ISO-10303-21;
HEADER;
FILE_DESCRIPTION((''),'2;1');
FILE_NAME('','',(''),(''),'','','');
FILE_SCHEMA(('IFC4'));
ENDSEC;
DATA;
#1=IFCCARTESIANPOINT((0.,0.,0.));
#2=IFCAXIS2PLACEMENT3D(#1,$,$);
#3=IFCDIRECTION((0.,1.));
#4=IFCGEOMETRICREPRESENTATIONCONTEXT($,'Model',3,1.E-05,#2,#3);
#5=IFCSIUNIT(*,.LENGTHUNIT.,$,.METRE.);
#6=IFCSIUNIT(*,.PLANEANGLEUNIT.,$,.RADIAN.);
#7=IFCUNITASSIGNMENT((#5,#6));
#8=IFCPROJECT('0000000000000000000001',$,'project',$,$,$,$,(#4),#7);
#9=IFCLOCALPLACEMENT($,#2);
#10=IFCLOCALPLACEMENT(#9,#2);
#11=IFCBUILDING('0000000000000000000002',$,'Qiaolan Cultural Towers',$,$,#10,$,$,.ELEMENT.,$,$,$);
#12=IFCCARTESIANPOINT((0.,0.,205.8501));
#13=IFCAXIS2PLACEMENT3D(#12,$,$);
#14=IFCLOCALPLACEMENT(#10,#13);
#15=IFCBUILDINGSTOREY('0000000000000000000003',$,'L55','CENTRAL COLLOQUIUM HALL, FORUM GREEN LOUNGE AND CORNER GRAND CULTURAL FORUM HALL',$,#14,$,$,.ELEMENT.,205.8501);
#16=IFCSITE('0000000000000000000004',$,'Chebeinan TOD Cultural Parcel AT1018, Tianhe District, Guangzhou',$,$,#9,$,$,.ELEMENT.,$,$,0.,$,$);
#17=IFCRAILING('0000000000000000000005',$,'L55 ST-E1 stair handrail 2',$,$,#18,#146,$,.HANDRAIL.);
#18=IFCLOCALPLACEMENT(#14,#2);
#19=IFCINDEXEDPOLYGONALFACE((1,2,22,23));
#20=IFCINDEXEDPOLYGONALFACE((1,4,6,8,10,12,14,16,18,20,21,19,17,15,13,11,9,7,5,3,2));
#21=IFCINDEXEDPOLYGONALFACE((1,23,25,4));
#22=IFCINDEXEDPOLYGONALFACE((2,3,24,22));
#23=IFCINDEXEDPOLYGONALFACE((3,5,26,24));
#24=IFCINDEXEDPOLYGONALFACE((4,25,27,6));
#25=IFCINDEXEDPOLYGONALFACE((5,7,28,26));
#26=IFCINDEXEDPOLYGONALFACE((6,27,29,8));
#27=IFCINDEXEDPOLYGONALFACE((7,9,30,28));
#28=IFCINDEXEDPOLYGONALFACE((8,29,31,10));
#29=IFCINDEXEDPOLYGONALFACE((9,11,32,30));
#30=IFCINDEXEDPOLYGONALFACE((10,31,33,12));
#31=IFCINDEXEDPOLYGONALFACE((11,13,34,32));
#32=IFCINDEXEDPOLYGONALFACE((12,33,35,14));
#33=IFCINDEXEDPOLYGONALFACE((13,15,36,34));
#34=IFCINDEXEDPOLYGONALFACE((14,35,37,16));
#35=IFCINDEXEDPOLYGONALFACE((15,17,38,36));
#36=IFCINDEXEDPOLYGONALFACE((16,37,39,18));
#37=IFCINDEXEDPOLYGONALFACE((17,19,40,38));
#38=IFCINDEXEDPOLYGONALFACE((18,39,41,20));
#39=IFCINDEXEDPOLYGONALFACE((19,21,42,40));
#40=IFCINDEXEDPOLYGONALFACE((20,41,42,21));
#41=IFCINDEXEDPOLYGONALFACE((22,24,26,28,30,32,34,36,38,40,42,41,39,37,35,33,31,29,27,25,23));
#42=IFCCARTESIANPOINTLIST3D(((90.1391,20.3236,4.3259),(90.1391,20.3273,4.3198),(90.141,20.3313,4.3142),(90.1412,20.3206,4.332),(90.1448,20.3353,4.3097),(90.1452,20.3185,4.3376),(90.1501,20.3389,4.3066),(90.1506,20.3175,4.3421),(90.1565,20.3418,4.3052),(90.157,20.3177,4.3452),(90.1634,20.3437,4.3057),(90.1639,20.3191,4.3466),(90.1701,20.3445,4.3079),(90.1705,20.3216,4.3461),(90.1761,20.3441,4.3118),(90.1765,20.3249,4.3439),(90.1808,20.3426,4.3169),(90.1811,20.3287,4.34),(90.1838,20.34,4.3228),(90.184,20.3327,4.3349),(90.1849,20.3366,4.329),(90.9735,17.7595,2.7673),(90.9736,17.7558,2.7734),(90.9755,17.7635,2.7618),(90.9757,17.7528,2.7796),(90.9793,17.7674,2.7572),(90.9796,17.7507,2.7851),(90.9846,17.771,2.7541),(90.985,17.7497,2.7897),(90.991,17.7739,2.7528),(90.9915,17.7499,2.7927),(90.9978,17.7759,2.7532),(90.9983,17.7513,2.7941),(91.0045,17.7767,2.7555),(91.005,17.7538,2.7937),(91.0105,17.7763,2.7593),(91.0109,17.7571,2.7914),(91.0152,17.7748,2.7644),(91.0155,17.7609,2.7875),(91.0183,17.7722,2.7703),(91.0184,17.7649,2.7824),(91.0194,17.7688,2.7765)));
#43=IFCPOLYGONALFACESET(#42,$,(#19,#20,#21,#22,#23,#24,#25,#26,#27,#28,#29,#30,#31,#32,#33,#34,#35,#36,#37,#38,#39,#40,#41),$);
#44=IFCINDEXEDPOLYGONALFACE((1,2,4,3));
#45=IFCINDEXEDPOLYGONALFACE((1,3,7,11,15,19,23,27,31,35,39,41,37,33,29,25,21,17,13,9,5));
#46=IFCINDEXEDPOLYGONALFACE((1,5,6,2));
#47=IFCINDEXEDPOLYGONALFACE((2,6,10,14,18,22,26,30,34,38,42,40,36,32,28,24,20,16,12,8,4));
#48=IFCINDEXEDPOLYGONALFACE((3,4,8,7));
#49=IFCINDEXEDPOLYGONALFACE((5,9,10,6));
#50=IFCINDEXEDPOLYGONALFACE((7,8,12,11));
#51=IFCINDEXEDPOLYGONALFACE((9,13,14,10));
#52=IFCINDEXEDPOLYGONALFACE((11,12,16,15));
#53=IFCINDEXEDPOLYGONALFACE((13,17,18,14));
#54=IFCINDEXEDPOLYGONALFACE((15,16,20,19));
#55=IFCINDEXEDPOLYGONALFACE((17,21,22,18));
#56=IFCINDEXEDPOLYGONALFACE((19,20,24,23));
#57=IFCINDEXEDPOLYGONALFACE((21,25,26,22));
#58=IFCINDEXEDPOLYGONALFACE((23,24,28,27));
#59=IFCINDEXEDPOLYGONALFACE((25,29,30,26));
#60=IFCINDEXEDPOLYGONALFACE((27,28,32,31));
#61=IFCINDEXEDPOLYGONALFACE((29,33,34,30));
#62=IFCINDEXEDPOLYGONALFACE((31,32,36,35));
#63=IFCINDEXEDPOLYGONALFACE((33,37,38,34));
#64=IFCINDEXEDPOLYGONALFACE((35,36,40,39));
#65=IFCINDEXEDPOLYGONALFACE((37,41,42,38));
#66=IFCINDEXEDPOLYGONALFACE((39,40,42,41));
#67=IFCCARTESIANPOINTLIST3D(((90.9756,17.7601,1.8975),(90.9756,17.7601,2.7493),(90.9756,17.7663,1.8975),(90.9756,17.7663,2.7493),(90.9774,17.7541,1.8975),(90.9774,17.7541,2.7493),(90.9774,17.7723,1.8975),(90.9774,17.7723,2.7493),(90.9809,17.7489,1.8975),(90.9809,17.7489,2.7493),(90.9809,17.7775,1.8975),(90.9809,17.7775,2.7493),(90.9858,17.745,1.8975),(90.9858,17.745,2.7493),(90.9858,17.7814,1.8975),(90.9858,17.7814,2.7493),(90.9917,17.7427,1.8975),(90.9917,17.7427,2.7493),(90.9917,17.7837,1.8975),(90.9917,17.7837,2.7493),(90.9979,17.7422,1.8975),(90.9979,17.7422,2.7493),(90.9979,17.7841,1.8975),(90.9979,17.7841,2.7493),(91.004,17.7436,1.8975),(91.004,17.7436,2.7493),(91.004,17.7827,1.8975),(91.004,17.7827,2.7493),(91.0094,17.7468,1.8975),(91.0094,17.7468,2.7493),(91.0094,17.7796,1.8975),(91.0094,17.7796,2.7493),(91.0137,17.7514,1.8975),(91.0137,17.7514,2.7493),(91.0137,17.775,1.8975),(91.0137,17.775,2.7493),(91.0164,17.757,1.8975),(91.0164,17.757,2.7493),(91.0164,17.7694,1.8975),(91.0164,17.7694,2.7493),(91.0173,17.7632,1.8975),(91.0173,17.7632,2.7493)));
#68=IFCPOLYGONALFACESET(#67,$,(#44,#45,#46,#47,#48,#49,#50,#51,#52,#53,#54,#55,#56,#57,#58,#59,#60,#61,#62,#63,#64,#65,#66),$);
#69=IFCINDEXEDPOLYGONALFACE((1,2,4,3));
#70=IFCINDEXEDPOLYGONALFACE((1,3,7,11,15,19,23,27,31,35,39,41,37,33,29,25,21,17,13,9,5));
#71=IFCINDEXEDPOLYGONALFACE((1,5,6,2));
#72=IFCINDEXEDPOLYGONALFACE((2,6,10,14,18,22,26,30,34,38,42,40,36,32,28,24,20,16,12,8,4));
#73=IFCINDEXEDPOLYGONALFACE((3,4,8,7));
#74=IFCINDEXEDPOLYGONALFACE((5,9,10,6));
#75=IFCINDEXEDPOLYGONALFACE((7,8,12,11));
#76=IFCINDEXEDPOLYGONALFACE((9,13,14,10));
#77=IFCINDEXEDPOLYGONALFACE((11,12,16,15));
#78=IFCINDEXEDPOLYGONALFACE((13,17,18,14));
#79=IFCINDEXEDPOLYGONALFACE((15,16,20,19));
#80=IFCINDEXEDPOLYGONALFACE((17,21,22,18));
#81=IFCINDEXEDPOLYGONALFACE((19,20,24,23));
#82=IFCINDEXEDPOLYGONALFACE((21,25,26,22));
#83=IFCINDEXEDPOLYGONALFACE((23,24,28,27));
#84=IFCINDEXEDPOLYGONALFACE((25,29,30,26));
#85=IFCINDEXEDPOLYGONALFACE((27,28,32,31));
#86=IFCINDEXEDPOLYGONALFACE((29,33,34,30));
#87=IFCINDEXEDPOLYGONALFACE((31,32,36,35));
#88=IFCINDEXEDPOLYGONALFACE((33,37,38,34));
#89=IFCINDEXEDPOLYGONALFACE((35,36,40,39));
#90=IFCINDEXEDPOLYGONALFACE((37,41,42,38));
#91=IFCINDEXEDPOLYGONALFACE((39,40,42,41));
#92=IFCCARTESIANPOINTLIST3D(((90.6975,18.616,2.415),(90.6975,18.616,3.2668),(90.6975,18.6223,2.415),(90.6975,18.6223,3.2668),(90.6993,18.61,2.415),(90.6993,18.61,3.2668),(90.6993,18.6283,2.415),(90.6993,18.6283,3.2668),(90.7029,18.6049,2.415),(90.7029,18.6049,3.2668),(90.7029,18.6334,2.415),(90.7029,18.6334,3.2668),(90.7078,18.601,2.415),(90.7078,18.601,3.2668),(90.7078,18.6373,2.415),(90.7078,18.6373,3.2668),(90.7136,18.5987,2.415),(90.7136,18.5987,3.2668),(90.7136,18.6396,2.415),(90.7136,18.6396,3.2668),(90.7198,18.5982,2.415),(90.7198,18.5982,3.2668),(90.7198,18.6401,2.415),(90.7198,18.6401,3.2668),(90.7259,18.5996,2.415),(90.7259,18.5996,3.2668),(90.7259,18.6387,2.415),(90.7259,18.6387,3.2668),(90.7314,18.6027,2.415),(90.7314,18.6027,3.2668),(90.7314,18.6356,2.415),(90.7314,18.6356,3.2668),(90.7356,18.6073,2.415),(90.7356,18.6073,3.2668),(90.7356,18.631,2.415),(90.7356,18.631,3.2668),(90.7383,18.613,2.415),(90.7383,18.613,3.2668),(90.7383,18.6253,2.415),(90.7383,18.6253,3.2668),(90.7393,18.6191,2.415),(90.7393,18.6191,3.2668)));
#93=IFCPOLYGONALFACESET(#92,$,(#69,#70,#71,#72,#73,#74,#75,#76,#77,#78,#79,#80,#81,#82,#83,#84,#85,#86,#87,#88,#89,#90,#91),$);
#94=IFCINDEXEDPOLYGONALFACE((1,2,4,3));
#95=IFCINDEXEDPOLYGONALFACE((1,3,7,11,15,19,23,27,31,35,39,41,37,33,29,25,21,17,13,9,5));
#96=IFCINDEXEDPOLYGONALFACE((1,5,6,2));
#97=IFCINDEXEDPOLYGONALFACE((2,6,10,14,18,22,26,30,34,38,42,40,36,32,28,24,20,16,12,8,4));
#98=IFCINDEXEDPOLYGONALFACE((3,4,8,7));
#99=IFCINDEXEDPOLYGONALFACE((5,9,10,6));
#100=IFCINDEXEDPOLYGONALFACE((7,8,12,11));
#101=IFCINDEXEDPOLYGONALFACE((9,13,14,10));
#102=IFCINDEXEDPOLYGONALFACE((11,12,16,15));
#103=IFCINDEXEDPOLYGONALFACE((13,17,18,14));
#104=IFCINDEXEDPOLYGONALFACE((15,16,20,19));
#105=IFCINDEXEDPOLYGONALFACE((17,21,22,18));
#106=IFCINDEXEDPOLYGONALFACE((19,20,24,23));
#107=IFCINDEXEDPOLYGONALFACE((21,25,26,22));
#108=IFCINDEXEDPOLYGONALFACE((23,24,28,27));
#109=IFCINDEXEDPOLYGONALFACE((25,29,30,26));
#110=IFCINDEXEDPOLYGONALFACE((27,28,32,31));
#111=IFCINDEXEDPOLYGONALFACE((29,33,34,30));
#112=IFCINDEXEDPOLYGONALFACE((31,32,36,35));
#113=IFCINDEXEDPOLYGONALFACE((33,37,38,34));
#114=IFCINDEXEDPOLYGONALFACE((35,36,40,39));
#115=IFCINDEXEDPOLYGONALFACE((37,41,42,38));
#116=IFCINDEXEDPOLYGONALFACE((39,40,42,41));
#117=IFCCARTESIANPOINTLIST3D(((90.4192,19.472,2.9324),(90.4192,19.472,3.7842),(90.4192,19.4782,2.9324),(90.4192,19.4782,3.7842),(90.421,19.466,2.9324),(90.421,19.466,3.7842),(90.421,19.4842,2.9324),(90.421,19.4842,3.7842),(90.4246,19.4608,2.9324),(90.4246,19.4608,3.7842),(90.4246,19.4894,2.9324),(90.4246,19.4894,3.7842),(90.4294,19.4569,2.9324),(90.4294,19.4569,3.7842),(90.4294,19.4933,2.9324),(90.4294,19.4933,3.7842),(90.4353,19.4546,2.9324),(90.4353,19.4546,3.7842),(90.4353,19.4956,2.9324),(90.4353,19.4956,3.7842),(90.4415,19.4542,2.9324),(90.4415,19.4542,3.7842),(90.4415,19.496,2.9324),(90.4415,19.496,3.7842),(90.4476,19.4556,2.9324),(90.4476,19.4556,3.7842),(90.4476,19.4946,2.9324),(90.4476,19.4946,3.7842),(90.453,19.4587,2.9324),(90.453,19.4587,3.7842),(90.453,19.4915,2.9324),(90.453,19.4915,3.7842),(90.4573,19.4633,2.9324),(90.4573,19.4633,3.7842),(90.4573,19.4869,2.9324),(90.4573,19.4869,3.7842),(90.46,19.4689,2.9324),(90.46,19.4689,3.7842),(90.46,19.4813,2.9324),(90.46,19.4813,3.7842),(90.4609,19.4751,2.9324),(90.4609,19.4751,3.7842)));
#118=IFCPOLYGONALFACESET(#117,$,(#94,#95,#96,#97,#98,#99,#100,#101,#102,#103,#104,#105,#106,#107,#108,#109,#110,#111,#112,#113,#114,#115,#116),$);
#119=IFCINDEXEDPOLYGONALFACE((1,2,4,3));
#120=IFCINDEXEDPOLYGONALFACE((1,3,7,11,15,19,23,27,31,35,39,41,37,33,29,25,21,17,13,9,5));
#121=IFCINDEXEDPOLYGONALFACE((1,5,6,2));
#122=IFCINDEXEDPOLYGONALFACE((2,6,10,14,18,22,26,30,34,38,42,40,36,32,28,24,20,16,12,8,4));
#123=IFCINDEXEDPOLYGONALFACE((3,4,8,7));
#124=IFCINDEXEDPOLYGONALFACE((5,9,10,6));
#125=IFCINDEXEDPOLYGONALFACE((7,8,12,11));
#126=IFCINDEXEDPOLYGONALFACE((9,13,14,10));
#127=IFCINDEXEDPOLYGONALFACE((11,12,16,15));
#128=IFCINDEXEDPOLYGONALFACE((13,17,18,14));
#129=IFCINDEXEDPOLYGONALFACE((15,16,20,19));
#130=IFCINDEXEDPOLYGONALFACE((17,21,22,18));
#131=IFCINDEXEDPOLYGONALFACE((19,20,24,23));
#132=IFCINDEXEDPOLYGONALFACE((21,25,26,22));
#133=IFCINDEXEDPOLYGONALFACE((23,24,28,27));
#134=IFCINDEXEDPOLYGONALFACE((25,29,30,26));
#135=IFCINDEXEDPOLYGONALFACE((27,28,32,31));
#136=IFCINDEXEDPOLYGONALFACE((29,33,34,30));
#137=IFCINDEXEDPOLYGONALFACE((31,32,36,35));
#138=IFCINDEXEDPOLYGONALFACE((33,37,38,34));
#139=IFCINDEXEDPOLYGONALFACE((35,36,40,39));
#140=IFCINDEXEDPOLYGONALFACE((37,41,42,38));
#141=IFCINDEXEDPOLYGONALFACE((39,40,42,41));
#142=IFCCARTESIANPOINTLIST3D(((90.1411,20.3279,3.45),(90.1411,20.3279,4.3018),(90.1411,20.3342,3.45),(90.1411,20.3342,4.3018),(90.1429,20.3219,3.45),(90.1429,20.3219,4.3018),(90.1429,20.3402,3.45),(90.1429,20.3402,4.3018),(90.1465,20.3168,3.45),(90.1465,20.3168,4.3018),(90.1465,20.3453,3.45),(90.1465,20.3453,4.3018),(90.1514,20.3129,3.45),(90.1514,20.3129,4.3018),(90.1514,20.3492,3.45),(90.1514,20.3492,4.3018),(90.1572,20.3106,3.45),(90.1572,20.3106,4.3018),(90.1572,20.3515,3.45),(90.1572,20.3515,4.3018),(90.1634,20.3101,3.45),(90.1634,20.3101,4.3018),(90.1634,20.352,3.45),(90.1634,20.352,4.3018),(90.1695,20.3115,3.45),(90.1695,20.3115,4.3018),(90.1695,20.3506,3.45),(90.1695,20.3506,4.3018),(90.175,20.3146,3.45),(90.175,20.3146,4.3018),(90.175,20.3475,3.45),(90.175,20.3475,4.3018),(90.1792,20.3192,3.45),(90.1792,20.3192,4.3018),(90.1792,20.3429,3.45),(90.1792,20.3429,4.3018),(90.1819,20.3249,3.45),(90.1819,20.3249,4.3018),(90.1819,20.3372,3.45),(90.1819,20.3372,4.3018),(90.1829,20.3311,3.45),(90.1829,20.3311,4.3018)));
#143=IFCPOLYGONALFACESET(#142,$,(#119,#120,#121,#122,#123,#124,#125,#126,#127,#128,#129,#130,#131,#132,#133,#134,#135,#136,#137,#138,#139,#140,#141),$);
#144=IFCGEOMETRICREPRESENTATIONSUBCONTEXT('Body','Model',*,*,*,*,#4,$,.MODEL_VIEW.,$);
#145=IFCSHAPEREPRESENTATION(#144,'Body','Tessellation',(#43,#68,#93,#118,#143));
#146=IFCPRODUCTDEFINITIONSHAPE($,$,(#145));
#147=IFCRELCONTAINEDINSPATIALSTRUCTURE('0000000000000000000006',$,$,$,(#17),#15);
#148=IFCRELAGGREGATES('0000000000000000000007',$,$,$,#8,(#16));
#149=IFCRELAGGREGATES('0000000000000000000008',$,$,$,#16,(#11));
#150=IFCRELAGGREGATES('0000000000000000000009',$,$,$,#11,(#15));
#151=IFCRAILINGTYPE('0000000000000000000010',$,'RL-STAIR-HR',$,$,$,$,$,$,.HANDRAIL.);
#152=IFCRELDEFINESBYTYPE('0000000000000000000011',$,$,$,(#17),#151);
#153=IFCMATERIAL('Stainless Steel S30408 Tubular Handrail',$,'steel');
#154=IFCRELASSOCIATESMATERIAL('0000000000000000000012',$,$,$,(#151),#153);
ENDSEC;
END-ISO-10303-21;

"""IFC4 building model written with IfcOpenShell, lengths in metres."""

from ifc_helpers import new_model, si_unit, direction, frame, origin, origin_2d, place, context, subcontext, project, spatial, circle, extrude, material, type_object, element, save


model = new_model("IFC4")

# Units and contexts
model_context = context("Model", 3, precision=1e-05, world=origin(), true_north=direction((0.0, 1.0)))
body_context = subcontext(model_context, "Body", "Model", "MODEL_VIEW")
ifc_project = project(units=[si_unit("LENGTHUNIT", "METRE"), si_unit("PLANEANGLEUNIT", "RADIAN")], contexts=[model_context])

# Site, building, storey
site_placement = place(None, origin())
site = spatial("IfcSite", under=ifc_project, at=site_placement, Name="Chebeinan TOD Cultural Parcel AT1018, Tianhe District, Guangzhou", CompositionType="ELEMENT", RefElevation=0.0)
building_placement = place(site_placement, origin())
building = spatial("IfcBuilding", under=site, at=building_placement, Name="Qiaolan Cultural Towers", CompositionType="ELEMENT")
storey_placement = place(building_placement, frame((0.0, 0.0, 205.8501)))
storey = spatial("IfcBuildingStorey", under=building, at=storey_placement, Name="L55", Description="CENTRAL COLLOQUIUM HALL, FORUM GREEN LOUNGE AND CORNER GRAND CULTURAL FORUM HALL", CompositionType="ELEMENT", Elevation=205.8501)

# Railing
ifc_material_1 = material(Name="Stainless Steel S30408 Tubular Handrail", Category="steel")
railing_type_1 = type_object("IfcRailingType", Name="RL-STAIR-HR", PredefinedType="HANDRAIL", material=ifc_material_1)
railing_1_placement = place(storey_placement, frame((90.9963, 17.7632, 1.8975)))
element("IfcRailing", 1, at=railing_1_placement, inside=storey, type_object=railing_type_1, Name="L55 ST-E1 stair handrail 2", PredefinedType="HANDRAIL", context=body_context, shape_type="SweptSolid", body=[
    extrude(circle(Radius=0.0239, at=origin_2d()), frame((0.0, 0.0, 0.876), z_axis=(-0.267926, 0.824471, 0.498461), x_axis=(-0.951043, -0.309057, 0.0)), (0.0, 0.0, 1.0), 3.1145),
    extrude(circle(Radius=0.021, at=origin_2d()), origin(), (0.0, 0.0, 1.0), 0.8518),
    extrude(circle(Radius=0.021, at=origin_2d()), frame((-0.2781, 0.856, 0.5176)), (0.0, 0.0, 1.0), 0.8518),
    extrude(circle(Radius=0.021, at=origin_2d()), frame((-0.5564, 1.7119, 1.0349)), (0.0, 0.0, 1.0), 0.8518),
    extrude(circle(Radius=0.021, at=origin_2d()), frame((-0.8345, 2.5679, 1.5525)), (0.0, 0.0, 1.0), 0.8518),
])

save(model, "model.ifc")
